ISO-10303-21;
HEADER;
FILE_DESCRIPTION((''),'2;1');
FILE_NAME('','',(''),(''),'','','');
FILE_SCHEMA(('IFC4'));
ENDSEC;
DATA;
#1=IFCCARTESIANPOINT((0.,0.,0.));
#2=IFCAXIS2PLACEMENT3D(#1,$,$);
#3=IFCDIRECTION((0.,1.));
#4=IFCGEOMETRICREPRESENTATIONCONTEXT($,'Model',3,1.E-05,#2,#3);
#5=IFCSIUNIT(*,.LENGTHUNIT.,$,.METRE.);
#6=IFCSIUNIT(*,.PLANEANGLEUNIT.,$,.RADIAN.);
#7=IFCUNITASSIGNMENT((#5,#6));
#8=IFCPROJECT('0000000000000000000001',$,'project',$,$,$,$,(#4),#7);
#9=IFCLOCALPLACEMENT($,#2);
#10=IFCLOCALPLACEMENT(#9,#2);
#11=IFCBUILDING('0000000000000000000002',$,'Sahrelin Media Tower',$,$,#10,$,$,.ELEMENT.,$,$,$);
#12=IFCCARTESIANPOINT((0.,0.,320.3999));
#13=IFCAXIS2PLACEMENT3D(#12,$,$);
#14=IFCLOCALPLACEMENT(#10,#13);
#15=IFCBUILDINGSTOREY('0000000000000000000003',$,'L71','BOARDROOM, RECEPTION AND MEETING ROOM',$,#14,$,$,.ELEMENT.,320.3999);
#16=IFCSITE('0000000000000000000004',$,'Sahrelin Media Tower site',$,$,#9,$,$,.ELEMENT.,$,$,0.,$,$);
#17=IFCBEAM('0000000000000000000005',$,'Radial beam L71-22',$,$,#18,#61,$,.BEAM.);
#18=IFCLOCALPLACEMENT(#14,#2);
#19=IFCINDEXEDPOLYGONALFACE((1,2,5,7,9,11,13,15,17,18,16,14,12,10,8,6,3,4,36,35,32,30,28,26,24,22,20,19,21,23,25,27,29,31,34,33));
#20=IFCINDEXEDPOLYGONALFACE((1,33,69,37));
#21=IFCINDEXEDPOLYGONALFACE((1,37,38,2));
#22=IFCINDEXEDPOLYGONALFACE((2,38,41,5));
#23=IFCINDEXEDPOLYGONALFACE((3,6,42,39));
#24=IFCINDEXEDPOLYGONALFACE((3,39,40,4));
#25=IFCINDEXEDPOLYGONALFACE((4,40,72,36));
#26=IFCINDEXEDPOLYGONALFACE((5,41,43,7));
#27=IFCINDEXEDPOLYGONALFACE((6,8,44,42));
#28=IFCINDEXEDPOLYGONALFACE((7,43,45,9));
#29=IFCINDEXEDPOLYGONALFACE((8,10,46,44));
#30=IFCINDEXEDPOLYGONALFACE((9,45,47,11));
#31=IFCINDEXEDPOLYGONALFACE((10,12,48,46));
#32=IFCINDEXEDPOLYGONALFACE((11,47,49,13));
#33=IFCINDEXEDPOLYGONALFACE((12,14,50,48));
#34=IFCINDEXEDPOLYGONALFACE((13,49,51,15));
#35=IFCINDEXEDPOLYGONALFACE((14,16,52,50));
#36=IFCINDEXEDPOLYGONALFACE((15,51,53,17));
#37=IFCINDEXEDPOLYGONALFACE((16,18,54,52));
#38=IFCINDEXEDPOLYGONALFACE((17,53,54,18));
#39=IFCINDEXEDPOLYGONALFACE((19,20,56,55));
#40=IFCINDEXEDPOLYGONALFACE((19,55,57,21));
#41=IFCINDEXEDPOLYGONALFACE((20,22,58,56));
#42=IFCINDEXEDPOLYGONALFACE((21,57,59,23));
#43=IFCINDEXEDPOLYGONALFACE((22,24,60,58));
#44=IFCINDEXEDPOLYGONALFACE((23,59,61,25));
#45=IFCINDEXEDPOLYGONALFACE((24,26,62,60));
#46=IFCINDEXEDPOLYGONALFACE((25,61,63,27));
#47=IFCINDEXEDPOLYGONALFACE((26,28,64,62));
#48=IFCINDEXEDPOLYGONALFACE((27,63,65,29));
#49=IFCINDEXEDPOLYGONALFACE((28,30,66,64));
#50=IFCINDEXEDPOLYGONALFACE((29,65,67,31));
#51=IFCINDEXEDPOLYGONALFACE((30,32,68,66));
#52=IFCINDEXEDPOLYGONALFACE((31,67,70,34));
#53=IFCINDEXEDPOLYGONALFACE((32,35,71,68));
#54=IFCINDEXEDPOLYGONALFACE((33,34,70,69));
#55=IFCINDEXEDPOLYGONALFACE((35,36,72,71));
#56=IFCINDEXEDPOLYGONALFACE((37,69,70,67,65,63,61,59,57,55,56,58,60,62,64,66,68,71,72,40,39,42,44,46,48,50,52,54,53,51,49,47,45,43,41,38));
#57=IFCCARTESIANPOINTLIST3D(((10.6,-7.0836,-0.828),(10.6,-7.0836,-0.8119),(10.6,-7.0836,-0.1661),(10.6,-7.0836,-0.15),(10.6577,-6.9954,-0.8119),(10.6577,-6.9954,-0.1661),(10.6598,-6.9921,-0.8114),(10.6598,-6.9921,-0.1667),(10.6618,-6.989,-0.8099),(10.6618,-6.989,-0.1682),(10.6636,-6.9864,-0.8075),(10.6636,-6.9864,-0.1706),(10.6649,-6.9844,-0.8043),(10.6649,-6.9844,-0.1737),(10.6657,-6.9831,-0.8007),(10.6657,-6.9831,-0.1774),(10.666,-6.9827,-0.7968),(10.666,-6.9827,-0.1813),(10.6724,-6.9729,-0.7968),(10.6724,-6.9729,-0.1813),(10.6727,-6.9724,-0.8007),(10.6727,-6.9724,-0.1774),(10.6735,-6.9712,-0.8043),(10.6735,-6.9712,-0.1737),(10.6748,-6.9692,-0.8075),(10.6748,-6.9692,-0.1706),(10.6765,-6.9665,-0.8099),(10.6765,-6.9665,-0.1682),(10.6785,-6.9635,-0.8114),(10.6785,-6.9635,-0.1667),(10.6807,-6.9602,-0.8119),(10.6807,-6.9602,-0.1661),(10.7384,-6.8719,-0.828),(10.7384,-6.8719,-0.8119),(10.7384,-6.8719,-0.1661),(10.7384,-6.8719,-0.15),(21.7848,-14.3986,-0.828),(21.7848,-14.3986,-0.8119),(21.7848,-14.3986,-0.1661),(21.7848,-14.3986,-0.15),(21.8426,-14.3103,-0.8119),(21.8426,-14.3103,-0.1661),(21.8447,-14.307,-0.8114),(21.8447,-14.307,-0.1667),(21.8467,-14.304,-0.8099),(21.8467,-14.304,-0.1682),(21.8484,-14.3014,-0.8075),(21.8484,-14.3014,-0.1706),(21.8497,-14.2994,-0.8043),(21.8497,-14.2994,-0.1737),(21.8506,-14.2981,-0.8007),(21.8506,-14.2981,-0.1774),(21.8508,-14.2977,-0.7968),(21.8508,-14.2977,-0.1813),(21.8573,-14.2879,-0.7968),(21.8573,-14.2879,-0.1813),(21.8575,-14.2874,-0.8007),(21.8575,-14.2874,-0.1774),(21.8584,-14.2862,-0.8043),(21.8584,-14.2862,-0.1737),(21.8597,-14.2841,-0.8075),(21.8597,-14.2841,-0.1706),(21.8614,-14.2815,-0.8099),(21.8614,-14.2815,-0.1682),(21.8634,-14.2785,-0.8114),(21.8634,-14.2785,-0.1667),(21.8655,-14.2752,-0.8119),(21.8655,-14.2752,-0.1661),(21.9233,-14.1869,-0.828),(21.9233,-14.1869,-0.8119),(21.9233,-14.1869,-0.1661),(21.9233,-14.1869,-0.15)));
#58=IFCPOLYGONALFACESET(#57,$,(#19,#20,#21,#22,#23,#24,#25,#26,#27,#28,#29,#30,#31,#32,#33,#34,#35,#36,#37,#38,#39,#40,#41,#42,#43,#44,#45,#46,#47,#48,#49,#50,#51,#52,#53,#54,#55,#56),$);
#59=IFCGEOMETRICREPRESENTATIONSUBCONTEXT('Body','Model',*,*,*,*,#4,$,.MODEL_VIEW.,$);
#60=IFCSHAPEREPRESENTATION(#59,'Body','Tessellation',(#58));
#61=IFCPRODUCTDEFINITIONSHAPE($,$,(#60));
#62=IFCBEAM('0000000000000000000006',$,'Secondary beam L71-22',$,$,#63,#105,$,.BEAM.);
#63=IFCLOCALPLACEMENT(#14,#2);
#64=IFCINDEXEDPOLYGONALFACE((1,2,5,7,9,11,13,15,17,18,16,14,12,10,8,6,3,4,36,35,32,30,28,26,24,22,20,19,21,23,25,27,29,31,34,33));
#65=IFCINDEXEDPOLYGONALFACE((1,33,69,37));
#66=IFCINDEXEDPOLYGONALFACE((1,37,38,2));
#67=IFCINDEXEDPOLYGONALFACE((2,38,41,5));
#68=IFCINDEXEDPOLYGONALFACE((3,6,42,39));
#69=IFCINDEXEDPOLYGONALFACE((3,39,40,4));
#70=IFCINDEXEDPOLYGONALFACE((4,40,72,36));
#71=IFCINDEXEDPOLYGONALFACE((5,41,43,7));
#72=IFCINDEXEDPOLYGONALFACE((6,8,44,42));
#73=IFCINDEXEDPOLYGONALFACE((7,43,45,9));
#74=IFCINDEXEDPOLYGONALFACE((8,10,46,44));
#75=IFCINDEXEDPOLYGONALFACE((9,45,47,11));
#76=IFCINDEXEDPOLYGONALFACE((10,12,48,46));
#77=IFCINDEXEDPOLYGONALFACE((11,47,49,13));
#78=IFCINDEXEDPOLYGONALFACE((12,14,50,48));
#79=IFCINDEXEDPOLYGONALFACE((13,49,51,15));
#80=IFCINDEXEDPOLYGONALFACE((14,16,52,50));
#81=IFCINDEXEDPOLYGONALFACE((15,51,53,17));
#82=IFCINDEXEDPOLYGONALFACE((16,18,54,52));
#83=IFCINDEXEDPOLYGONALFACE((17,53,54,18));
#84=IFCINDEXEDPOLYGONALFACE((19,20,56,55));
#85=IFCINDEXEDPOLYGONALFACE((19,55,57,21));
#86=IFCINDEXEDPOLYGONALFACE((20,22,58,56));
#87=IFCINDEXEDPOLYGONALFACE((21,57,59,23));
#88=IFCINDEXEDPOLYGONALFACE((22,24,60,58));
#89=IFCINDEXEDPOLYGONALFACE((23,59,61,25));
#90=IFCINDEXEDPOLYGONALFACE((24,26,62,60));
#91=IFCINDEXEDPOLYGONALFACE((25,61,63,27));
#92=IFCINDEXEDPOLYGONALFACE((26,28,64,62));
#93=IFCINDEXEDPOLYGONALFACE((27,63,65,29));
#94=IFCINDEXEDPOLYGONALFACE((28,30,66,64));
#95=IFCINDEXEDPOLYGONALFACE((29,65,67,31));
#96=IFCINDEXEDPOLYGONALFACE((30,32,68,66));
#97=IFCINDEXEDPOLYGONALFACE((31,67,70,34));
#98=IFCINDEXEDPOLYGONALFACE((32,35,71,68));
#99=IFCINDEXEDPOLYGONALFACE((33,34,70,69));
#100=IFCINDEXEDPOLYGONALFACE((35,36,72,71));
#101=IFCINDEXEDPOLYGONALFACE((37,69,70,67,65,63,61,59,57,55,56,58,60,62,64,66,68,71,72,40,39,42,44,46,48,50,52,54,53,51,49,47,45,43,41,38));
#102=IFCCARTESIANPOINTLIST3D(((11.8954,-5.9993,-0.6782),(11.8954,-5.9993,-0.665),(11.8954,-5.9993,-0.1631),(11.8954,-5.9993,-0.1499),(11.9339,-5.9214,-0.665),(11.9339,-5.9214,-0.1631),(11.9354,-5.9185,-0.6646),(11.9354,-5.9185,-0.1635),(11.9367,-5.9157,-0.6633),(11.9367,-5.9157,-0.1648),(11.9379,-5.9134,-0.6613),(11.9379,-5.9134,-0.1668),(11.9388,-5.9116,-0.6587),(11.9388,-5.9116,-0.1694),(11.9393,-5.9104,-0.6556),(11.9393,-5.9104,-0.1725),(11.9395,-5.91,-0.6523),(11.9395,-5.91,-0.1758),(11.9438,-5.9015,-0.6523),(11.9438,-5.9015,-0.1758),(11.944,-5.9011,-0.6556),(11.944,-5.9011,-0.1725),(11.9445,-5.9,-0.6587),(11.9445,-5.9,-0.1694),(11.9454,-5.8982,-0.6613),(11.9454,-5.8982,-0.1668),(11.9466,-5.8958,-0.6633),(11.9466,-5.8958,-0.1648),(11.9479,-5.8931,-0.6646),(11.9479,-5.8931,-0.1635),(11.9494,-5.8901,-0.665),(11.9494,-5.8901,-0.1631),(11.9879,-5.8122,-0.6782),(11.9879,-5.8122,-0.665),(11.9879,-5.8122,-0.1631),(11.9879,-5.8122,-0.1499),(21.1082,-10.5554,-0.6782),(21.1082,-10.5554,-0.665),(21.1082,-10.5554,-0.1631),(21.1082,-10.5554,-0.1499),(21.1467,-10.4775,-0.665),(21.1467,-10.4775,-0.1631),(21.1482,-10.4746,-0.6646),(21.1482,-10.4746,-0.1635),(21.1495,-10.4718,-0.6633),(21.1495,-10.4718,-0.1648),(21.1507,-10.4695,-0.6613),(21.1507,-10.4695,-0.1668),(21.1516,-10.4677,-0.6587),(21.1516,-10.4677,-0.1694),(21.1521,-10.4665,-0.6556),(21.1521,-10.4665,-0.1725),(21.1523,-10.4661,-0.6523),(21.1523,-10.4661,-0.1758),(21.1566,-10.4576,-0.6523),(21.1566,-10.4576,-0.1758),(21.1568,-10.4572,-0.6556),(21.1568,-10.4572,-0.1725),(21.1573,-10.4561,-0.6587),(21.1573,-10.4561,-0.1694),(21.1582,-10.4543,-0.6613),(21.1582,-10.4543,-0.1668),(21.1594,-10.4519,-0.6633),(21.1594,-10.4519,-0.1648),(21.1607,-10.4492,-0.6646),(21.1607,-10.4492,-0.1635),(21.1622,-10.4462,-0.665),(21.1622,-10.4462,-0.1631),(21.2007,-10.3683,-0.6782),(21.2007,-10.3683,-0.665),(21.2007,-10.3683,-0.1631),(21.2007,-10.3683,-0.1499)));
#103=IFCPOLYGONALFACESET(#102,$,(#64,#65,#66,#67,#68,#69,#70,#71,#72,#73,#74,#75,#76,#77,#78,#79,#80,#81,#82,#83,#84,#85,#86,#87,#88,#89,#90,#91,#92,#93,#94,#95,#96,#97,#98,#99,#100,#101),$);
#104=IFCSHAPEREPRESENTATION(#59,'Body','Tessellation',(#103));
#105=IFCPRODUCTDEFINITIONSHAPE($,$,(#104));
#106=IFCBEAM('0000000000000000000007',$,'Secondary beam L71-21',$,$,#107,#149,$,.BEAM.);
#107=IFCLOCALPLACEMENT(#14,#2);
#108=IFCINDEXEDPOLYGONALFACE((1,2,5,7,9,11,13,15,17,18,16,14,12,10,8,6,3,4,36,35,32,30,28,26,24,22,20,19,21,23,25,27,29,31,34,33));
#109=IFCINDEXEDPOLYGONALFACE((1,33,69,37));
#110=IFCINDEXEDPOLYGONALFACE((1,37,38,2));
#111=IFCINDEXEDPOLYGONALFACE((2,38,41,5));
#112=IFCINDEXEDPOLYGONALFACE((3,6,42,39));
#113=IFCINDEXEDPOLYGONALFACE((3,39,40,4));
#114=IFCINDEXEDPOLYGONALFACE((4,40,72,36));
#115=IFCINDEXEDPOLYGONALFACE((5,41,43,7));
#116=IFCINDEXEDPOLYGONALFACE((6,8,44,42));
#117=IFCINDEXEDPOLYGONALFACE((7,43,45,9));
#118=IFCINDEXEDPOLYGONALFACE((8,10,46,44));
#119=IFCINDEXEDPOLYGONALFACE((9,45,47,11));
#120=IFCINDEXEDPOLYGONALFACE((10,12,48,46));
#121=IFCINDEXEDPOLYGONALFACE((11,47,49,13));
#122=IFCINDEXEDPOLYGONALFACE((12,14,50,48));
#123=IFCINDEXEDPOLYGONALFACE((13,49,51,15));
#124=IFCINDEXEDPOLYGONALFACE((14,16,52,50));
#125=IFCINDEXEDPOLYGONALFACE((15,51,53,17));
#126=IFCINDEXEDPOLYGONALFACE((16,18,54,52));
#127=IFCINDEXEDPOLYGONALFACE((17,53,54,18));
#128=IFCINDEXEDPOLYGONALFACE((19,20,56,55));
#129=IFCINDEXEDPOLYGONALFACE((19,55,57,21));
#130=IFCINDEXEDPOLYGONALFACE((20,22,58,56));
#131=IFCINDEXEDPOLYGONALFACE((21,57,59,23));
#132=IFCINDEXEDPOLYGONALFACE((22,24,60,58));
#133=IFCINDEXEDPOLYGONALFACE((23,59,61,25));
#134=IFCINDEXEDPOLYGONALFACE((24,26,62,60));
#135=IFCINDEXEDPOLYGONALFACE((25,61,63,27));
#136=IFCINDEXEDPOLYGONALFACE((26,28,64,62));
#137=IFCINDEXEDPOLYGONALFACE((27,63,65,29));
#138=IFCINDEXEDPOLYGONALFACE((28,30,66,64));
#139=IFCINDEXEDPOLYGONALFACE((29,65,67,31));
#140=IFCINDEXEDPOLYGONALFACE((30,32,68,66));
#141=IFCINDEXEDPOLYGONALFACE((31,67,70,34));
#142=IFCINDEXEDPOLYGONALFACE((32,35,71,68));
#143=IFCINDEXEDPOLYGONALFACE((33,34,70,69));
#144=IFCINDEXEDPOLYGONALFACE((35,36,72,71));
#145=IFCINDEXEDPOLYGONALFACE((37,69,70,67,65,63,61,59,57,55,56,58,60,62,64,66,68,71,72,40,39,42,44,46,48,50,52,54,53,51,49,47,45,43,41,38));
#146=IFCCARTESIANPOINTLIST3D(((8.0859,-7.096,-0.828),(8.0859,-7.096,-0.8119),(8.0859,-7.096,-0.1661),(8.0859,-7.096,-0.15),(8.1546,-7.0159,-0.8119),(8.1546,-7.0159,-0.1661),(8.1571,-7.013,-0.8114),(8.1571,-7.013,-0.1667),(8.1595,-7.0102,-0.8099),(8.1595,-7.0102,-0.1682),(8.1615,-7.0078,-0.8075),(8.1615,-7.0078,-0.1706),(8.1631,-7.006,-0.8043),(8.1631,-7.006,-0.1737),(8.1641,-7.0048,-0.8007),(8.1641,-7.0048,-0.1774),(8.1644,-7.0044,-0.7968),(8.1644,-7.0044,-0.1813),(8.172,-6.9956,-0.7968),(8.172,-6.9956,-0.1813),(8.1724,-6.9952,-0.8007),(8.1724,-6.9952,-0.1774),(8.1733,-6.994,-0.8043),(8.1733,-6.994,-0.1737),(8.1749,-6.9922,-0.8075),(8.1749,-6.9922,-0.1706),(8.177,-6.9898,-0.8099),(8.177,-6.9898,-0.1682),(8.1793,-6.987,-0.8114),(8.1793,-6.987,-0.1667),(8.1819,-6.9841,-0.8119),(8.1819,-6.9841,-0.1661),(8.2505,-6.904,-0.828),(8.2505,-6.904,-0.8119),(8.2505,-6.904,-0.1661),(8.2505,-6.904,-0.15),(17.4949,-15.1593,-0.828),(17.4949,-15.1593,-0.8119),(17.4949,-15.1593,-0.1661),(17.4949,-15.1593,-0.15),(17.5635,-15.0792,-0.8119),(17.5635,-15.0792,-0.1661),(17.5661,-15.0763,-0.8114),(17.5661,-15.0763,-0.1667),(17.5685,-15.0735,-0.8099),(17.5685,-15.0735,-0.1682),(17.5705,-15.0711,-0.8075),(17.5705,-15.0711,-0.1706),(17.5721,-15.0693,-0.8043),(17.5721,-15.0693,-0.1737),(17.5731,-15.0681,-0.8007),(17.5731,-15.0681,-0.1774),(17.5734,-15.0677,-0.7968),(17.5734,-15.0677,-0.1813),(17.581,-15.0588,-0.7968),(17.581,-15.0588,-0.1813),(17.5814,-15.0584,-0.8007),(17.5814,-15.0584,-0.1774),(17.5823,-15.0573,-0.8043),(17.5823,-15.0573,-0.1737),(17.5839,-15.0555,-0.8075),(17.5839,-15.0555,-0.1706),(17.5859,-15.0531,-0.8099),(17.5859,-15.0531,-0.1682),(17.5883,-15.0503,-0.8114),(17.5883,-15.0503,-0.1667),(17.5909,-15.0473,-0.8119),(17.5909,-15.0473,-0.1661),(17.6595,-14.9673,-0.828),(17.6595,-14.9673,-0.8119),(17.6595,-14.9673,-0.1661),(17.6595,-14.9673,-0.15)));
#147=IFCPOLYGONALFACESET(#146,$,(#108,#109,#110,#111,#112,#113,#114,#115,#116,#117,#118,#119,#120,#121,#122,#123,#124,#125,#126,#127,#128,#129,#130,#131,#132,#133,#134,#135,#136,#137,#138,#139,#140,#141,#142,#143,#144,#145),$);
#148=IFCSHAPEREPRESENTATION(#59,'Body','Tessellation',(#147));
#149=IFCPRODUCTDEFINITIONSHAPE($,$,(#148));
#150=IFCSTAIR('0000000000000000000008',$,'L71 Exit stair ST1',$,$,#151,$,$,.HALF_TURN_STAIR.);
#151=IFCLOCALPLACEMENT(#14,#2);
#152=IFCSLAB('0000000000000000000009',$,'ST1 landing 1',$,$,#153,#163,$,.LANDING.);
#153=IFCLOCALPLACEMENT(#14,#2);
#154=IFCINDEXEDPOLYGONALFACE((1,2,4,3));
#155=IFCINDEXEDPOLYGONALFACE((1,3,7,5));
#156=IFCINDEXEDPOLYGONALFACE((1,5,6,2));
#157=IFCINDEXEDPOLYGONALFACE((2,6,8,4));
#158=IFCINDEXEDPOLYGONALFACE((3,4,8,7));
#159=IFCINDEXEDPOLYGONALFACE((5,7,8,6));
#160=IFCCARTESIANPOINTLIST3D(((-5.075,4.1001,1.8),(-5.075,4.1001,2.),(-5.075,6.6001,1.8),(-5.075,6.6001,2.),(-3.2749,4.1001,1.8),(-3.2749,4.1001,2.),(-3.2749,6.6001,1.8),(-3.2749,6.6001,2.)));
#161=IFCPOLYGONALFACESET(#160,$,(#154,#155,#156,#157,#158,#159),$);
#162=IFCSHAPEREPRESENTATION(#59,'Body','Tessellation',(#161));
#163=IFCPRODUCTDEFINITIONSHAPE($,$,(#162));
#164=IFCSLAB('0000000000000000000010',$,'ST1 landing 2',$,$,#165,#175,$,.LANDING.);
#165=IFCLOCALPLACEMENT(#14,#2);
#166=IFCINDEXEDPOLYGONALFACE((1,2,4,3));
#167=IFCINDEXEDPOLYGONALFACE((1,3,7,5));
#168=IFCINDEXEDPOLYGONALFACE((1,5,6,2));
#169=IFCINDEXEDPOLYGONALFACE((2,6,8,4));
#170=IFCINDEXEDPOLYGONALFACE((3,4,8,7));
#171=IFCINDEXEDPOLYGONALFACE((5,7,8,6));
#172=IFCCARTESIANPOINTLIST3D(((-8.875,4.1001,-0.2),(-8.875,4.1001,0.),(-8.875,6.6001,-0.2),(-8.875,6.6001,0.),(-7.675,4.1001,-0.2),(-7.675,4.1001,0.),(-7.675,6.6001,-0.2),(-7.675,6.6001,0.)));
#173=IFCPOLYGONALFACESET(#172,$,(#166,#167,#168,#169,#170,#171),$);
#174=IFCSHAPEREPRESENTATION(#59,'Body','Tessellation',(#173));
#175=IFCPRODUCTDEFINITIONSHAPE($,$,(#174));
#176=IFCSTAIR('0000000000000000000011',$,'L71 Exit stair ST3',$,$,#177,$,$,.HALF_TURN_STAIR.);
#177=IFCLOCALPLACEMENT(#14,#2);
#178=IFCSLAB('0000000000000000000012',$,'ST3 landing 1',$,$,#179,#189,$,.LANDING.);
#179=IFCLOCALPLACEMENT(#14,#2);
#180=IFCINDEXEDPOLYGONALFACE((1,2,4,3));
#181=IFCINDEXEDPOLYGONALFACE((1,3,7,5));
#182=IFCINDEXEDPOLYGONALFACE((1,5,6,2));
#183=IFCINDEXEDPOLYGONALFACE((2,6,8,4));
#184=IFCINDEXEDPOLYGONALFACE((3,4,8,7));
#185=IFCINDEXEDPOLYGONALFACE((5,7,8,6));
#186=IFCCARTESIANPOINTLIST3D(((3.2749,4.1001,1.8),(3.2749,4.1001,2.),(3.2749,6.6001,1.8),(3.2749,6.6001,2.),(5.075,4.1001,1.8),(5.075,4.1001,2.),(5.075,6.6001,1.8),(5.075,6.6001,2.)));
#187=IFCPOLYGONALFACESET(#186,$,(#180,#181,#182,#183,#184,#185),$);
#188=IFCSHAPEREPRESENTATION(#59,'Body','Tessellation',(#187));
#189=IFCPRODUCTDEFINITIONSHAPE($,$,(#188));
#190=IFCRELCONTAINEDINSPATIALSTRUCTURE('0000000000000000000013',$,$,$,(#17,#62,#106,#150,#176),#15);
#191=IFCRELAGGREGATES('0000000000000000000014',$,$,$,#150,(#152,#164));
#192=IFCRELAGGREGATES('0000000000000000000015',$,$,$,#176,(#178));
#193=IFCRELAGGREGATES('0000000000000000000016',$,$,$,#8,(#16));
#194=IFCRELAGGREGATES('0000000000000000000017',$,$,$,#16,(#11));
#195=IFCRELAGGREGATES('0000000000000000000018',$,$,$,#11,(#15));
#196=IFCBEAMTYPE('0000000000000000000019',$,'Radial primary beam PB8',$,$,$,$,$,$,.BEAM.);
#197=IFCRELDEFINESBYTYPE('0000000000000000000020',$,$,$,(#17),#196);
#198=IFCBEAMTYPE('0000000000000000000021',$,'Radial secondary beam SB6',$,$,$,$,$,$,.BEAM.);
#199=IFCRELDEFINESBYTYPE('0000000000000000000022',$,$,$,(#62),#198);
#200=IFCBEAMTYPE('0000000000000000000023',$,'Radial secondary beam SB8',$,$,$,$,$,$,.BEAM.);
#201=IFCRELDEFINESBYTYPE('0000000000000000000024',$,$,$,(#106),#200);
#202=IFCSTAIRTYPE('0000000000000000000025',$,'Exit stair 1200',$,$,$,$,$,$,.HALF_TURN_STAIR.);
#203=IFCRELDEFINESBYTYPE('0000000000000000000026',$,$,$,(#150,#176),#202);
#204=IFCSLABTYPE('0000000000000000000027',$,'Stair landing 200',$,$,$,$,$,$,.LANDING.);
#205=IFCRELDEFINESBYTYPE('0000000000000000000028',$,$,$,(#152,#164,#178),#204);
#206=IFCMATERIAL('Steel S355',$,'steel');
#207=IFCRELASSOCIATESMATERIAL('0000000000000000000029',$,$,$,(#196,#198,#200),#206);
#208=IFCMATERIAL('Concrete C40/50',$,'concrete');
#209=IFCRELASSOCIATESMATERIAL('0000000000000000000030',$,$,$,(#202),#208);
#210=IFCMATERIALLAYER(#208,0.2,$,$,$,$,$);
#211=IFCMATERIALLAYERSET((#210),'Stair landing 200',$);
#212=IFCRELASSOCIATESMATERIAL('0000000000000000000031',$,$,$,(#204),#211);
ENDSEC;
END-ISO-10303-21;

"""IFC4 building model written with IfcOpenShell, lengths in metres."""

from ifc_helpers import new_model, si_unit, direction, frame, origin, origin_2d, place, context, subcontext, project, spatial, polyline, i_section, outline, extrude, material, layer, layer_set, material_profile, profile_set, type_object, element, aggregate, save


model = new_model("IFC4")

# Units and contexts
model_context = context("Model", 3, precision=1e-05, world=origin(), true_north=direction((0.0, 1.0)))
body_context = subcontext(model_context, "Body", "Model", "MODEL_VIEW")
ifc_project = project(units=[si_unit("LENGTHUNIT", "METRE"), si_unit("PLANEANGLEUNIT", "RADIAN")], contexts=[model_context])

# Site, building, storey
site_placement = place(None, origin())
site = spatial("IfcSite", under=ifc_project, at=site_placement, Name="Sahrelin Media Tower site", CompositionType="ELEMENT", RefElevation=0.0)
building_placement = place(site_placement, origin())
building = spatial("IfcBuilding", under=site, at=building_placement, Name="Sahrelin Media Tower", CompositionType="ELEMENT")
storey_placement = place(building_placement, frame((0.0, 0.0, 320.3999)))
storey = spatial("IfcBuildingStorey", under=building, at=storey_placement, Name="L71", Description="BOARDROOM, RECEPTION AND MEETING ROOM", CompositionType="ELEMENT", Elevation=320.3999)

# Beams
ifc_material_1 = material(Name="Steel S355", Category="steel")
ifc_material_profile_1 = material_profile(ifc_material_1, i_section(OverallWidth=0.2529, OverallDepth=0.678, WebThickness=0.0117, FlangeThickness=0.0161, FilletRadius=0.0151, at=origin_2d()), Name="UB 686x254x125")
ifc_profile_set_1 = profile_set([ifc_material_profile_1], Name="Steel S355")
beam_type_1 = type_object("IfcBeamType", Name="Radial primary beam PB8", PredefinedType="BEAM", material=ifc_profile_set_1)
beam_1_placement = place(storey_placement, frame((10.6692, -6.9778, -0.489), z_axis=(0.836908, -0.547343, 0.0), x_axis=(0.547343, 0.836908, 0.0)))
element("IfcBeam", 1, at=beam_1_placement, inside=storey, type_object=beam_type_1, Name="Radial beam L71-22", PredefinedType="BEAM", context=body_context, shape_type="SweptSolid", body=[
    extrude(i_section(OverallWidth=0.2529, OverallDepth=0.678, WebThickness=0.0117, FlangeThickness=0.0161, FilletRadius=0.0151, at=origin_2d()), origin(), (0.0, 0.0, 1.0), 13.3645),
])
ifc_material_profile_2 = material_profile(ifc_material_1, i_section(OverallWidth=0.2087, OverallDepth=0.5283, WebThickness=0.0095, FlangeThickness=0.0132, FilletRadius=0.0127, at=origin_2d()), Name="UB 533x210x82")
ifc_profile_set_2 = profile_set([ifc_material_profile_2], Name="Steel S355")
beam_type_2 = type_object("IfcBeamType", Name="Radial secondary beam SB6", PredefinedType="BEAM", material=ifc_profile_set_2)
beam_2_placement = place(storey_placement, frame((11.9417, -5.9058, -0.4141), z_axis=(0.896376, -0.443295, 0.0), x_axis=(0.443295, 0.896376, 0.0)))
element("IfcBeam", 2, at=beam_2_placement, inside=storey, type_object=beam_type_2, Name="Secondary beam L71-22", PredefinedType="BEAM", context=body_context, shape_type="SweptSolid", body=[
    extrude(i_section(OverallWidth=0.2087, OverallDepth=0.5283, WebThickness=0.0095, FlangeThickness=0.0132, FilletRadius=0.0127, at=origin_2d()), origin(), (0.0, 0.0, 1.0), 10.2778),
])
ifc_material_profile_3 = material_profile(ifc_material_1, i_section(OverallWidth=0.2529, OverallDepth=0.678, WebThickness=0.0117, FlangeThickness=0.0161, FilletRadius=0.0151, at=origin_2d()), Name="UB 686x254x125")
ifc_profile_set_3 = profile_set([ifc_material_profile_3], Name="Steel S355")
beam_type_3 = type_object("IfcBeamType", Name="Radial secondary beam SB8", PredefinedType="BEAM", material=ifc_profile_set_3)
beam_3_placement = place(storey_placement, frame((8.1682, -7.0, -0.489), z_axis=(0.759319, -0.650718, 0.0), x_axis=(0.650718, 0.759319, 0.0)))
element("IfcBeam", 3, at=beam_3_placement, inside=storey, type_object=beam_type_3, Name="Secondary beam L71-21", PredefinedType="BEAM", context=body_context, shape_type="SweptSolid", body=[
    extrude(i_section(OverallWidth=0.2529, OverallDepth=0.678, WebThickness=0.0117, FlangeThickness=0.0161, FilletRadius=0.0151, at=origin_2d()), origin(), (0.0, 0.0, 1.0), 12.3914),
])

# Stairs, slabs
ifc_material_2 = material(Name="Concrete C40/50", Category="concrete")
stair_type = type_object("IfcStairType", Name="Exit stair 1200", PredefinedType="HALF_TURN_STAIR", material=ifc_material_2)
placement_1 = place(storey_placement, origin())
stair_1 = element("IfcStair", 4, at=placement_1, inside=storey, type_object=stair_type, Name="L71 Exit stair ST1", PredefinedType="HALF_TURN_STAIR")
ifc_layer_1 = layer(ifc_material_2, 0.2)
ifc_layer_set_1 = layer_set([ifc_layer_1], Name="Stair landing 200")
slab_type = type_object("IfcSlabType", Name="Stair landing 200", PredefinedType="LANDING", material=ifc_layer_set_1)
placement_2 = place(storey_placement, frame((0.0, 0.0, 1.8)))
slab_1 = element("IfcSlab", 5, at=placement_2, type_object=slab_type, Name="ST1 landing 1", PredefinedType="LANDING", context=body_context, shape_type="SweptSolid", body=[
    extrude(outline(polyline([(-5.075, 4.1001), (-3.2749, 4.1001), (-3.2749, 6.6001), (-5.075, 6.6001), (-5.075, 4.1001)])), origin(), (0.0, 0.0, 1.0), 0.2),
])
placement_3 = place(storey_placement, frame((0.0, 0.0, -0.2)))
slab_2 = element("IfcSlab", 6, at=placement_3, type_object=slab_type, Name="ST1 landing 2", PredefinedType="LANDING", context=body_context, shape_type="SweptSolid", body=[
    extrude(outline(polyline([(-8.875, 4.1001), (-7.675, 4.1001), (-7.675, 6.6001), (-8.875, 6.6001), (-8.875, 4.1001)])), origin(), (0.0, 0.0, 1.0), 0.2),
])
aggregate(stair_1, [slab_1, slab_2])
stair_2 = element("IfcStair", 7, at=placement_1, inside=storey, type_object=stair_type, Name="L71 Exit stair ST3", PredefinedType="HALF_TURN_STAIR")
slab_3 = element("IfcSlab", 8, at=placement_2, type_object=slab_type, Name="ST3 landing 1", PredefinedType="LANDING", context=body_context, shape_type="SweptSolid", body=[
    extrude(outline(polyline([(5.075, 6.6001), (3.2749, 6.6001), (3.2749, 4.1001), (5.075, 4.1001), (5.075, 6.6001)])), origin(), (0.0, 0.0, 1.0), 0.2),
])
aggregate(stair_2, [slab_3])

save(model, "model.ifc")
